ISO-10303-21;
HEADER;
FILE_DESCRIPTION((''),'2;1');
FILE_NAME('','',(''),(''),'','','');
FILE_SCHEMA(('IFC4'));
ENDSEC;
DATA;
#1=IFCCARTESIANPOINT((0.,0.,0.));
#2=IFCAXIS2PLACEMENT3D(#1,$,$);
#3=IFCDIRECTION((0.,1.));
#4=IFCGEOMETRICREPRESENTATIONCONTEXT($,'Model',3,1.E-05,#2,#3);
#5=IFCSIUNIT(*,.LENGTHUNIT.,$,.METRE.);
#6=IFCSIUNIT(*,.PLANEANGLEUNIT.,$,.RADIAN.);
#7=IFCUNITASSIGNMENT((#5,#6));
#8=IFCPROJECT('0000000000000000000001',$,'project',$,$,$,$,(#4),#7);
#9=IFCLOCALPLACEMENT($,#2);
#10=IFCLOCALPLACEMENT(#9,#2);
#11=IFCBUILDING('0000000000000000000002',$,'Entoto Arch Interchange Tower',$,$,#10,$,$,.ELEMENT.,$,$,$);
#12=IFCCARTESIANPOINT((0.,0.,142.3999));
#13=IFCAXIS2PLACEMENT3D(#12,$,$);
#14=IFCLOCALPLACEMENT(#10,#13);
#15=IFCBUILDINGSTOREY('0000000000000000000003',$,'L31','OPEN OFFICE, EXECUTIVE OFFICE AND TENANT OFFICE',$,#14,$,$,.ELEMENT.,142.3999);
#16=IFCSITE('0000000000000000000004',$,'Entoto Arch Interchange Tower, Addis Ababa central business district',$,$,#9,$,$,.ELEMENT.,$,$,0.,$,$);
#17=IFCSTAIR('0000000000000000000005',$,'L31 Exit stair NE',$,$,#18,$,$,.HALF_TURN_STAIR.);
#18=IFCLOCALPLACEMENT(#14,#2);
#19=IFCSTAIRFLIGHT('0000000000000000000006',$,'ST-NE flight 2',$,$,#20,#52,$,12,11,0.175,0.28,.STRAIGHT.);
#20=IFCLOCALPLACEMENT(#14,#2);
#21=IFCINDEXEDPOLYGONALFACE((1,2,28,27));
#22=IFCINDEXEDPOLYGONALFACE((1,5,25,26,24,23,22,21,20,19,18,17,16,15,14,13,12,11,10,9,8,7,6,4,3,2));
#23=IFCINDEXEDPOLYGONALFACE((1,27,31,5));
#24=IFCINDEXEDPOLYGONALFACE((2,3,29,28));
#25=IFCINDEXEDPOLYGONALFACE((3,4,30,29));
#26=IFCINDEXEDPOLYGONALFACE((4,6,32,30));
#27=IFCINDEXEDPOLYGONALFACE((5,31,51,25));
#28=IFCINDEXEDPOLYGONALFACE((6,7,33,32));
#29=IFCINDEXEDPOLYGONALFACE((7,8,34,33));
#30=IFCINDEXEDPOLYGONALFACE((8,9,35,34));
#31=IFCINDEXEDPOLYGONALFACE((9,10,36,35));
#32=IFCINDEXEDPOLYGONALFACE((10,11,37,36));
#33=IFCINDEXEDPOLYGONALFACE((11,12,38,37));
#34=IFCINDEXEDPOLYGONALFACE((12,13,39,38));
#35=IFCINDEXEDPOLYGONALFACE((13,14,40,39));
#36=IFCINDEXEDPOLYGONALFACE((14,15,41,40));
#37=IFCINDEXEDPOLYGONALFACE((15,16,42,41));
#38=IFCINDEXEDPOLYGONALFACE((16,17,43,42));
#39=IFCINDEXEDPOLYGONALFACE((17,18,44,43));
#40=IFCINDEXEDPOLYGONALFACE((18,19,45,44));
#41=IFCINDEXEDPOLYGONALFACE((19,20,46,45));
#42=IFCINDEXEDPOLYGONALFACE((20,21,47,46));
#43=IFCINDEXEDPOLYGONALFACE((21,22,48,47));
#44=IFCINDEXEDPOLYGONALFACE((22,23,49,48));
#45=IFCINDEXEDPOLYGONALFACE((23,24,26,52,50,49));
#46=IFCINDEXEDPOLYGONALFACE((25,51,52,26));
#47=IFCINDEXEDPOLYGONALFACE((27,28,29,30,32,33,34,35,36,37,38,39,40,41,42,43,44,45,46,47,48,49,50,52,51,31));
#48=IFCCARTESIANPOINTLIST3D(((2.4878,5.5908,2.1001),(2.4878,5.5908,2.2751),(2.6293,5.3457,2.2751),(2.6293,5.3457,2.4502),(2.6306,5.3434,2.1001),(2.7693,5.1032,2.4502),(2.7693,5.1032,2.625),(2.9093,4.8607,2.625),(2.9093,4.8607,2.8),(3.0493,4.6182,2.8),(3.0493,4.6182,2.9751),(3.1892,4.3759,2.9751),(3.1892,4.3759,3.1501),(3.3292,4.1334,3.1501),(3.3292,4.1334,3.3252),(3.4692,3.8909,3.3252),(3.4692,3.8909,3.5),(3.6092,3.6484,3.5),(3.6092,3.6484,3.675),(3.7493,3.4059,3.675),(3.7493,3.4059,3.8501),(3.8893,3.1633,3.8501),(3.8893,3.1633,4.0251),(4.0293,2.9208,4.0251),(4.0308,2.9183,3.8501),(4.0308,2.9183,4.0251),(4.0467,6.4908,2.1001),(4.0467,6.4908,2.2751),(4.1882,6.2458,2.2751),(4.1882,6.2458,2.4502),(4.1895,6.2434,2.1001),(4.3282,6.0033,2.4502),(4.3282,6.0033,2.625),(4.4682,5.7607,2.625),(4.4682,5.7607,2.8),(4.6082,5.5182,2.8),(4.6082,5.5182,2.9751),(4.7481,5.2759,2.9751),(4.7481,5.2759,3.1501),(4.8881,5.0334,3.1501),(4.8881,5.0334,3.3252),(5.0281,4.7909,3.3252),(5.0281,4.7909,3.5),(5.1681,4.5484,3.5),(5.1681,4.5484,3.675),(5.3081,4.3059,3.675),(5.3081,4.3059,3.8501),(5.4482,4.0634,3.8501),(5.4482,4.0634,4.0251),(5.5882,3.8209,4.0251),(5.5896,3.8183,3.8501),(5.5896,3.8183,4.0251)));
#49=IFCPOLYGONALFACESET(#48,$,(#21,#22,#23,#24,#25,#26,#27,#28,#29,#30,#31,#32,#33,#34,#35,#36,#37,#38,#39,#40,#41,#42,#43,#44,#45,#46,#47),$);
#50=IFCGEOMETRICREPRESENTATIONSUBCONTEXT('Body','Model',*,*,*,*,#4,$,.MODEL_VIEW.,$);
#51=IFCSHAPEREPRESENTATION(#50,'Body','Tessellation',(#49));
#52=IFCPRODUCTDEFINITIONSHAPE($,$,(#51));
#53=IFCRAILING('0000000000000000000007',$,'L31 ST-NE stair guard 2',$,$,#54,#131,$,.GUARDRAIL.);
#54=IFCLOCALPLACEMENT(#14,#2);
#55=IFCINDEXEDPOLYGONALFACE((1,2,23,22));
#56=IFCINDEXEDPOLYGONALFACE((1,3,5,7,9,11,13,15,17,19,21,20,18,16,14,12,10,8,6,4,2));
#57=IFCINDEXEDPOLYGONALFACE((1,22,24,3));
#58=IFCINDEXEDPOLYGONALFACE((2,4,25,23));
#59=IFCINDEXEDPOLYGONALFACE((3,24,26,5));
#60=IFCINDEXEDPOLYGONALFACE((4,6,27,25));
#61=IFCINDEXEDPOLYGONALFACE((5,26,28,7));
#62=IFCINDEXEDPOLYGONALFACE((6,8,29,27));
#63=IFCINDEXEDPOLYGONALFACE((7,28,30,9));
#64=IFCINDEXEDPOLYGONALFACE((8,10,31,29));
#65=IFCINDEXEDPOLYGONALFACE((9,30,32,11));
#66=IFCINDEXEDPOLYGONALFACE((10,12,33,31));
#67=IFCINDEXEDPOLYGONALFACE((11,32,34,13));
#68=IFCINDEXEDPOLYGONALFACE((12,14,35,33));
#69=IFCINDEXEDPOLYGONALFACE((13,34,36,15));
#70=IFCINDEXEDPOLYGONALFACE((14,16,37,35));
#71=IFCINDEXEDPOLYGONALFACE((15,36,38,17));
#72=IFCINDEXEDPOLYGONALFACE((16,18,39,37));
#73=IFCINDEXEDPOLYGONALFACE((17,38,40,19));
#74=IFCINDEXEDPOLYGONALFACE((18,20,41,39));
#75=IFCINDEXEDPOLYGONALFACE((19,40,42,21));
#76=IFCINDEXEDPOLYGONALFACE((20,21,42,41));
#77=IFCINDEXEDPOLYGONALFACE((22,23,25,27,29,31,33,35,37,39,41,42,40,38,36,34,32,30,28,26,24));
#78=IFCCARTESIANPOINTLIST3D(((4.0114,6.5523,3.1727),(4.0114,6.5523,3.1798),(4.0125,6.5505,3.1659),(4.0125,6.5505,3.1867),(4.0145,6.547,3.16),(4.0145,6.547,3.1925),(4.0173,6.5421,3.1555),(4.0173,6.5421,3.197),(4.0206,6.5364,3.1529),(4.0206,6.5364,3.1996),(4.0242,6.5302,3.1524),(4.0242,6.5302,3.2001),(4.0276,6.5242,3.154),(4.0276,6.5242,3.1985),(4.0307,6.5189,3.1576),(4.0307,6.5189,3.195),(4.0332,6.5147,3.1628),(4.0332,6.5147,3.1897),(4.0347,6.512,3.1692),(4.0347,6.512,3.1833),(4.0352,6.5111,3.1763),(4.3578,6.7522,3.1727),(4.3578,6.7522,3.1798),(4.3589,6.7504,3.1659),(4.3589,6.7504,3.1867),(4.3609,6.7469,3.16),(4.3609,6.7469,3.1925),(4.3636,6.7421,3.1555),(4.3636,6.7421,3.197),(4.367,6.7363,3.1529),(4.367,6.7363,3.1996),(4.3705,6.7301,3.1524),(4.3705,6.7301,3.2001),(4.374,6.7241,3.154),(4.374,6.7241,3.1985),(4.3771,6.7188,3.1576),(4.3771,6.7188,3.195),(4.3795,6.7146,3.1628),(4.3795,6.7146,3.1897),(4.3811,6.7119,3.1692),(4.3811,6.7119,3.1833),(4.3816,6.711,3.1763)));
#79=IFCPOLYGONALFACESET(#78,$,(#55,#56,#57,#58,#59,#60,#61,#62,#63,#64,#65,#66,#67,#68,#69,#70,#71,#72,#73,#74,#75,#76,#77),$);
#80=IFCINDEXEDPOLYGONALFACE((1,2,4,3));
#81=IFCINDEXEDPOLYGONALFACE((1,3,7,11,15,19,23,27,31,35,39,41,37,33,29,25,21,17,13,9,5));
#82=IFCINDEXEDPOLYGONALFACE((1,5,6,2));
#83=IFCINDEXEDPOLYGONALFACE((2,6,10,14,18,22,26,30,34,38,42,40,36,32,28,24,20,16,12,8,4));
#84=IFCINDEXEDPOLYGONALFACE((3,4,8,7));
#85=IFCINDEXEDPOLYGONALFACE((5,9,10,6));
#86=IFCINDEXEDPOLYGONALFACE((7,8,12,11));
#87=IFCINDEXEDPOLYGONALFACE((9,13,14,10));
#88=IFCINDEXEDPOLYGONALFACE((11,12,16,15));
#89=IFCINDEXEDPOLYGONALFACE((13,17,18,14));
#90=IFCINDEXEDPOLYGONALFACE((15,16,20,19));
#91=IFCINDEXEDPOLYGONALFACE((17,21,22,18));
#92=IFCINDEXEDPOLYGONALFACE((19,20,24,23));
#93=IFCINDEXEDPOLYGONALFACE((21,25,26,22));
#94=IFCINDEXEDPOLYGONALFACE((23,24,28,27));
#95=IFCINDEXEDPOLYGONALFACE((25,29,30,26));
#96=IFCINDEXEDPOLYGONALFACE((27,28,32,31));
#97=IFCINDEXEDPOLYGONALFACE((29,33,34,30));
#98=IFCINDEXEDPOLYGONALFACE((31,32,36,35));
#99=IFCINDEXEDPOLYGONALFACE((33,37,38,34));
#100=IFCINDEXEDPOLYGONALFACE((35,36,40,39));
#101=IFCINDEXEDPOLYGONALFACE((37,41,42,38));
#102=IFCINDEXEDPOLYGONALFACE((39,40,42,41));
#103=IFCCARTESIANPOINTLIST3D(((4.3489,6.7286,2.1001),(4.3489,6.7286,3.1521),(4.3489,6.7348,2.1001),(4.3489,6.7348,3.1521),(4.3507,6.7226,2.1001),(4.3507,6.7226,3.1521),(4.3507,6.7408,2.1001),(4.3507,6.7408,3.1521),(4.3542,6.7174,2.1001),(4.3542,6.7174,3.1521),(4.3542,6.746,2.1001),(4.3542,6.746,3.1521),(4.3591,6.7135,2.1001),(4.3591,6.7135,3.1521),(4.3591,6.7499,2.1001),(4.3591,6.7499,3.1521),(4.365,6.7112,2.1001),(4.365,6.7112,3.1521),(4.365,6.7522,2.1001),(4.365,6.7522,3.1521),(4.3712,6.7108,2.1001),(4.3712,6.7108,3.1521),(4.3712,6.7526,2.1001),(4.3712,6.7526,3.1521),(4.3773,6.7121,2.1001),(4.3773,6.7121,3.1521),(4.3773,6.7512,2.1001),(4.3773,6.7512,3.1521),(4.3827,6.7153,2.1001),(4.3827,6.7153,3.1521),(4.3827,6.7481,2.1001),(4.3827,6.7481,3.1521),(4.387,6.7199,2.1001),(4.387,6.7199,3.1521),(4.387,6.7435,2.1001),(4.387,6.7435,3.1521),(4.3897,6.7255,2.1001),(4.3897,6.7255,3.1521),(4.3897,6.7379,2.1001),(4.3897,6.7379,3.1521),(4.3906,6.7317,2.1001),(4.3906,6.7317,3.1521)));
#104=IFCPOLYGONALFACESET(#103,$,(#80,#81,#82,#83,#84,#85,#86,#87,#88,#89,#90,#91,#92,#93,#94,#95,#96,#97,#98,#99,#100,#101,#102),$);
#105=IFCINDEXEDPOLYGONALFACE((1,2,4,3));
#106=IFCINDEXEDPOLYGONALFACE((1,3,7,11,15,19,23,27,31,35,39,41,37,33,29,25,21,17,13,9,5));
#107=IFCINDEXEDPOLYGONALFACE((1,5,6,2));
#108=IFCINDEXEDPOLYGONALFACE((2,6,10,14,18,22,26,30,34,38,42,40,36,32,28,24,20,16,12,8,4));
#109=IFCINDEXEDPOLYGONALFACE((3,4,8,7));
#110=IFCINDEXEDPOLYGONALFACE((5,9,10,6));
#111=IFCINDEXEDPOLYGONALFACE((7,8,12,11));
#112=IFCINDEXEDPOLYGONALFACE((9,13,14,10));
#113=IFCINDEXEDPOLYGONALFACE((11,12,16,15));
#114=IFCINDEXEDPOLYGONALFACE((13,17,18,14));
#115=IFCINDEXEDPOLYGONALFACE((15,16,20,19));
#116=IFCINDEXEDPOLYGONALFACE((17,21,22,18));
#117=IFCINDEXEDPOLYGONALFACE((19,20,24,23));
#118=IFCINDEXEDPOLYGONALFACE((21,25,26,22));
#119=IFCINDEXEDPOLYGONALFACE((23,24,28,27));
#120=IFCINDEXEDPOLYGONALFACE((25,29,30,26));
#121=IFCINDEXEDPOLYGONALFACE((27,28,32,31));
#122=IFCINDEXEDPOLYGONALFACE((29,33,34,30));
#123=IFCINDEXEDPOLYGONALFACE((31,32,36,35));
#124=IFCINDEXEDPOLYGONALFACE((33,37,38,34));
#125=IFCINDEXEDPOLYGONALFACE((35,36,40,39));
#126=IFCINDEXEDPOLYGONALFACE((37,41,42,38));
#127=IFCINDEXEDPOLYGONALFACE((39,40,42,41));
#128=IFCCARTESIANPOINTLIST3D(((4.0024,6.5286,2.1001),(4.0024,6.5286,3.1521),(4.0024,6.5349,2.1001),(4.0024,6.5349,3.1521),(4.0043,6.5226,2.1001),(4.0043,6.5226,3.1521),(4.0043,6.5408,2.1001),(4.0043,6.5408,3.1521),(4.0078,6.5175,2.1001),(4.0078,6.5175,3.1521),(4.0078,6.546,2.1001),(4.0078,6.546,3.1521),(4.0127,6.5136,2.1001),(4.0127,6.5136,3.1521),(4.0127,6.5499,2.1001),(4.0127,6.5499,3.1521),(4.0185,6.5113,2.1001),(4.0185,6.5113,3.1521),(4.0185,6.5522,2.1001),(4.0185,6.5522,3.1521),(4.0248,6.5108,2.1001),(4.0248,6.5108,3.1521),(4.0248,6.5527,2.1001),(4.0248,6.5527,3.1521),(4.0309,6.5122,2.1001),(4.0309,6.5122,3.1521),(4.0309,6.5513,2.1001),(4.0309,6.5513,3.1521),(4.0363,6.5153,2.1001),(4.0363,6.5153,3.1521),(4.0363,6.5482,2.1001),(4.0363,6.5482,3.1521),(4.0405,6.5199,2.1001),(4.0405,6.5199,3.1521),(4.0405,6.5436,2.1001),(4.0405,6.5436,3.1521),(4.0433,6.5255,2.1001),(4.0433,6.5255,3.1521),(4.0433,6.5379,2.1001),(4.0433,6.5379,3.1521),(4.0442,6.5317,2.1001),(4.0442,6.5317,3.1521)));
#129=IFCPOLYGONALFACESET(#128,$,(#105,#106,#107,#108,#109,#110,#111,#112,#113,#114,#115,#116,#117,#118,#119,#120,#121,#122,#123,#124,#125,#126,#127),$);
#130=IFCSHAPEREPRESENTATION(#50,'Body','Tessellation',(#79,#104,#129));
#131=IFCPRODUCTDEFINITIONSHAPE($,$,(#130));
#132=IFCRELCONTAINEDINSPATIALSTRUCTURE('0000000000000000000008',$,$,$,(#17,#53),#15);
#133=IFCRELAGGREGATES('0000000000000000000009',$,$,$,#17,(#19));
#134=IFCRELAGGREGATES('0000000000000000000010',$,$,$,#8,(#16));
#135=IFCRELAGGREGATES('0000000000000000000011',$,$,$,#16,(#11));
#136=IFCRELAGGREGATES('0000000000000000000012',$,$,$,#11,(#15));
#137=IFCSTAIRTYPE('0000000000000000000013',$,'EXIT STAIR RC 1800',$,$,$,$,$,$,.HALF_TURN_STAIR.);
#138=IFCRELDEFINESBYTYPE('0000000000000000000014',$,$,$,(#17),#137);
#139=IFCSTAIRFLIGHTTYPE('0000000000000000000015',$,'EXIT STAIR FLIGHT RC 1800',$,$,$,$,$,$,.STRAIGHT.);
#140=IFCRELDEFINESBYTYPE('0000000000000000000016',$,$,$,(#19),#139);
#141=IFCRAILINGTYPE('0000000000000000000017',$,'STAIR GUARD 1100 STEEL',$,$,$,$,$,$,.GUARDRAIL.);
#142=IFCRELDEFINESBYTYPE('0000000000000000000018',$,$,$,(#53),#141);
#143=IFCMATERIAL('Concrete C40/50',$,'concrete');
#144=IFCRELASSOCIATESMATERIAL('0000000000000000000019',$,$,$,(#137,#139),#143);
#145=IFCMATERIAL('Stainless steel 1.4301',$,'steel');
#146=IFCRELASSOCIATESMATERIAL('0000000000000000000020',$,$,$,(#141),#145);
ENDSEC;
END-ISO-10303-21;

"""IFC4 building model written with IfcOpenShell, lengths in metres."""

from ifc_helpers import new_model, si_unit, direction, frame, origin, origin_2d, place, context, subcontext, project, spatial, polyline, circle, outline, extrude, material, type_object, element, aggregate, save


model = new_model("IFC4")

# Units and contexts
model_context = context("Model", 3, precision=1e-05, world=origin(), true_north=direction((0.0, 1.0)))
body_context = subcontext(model_context, "Body", "Model", "MODEL_VIEW")
ifc_project = project(units=[si_unit("LENGTHUNIT", "METRE"), si_unit("PLANEANGLEUNIT", "RADIAN")], contexts=[model_context])

# Site, building, storey
site_placement = place(None, origin())
site = spatial("IfcSite", under=ifc_project, at=site_placement, Name="Entoto Arch Interchange Tower, Addis Ababa central business district", CompositionType="ELEMENT", RefElevation=0.0)
building_placement = place(site_placement, origin())
building = spatial("IfcBuilding", under=site, at=building_placement, Name="Entoto Arch Interchange Tower", CompositionType="ELEMENT")
storey_placement = place(building_placement, frame((0.0, 0.0, 142.3999)))
storey = spatial("IfcBuildingStorey", under=building, at=storey_placement, Name="L31", Description="OPEN OFFICE, EXECUTIVE OFFICE AND TENANT OFFICE", CompositionType="ELEMENT", Elevation=142.3999)

# Shared definitions
ifc_material_1 = material(Name="Concrete C40/50", Category="concrete")

# Stair, stair flight
stair_type = type_object("IfcStairType", Name="EXIT STAIR RC 1800", PredefinedType="HALF_TURN_STAIR", material=ifc_material_1)
stair_placement = place(storey_placement, origin())
stair = element("IfcStair", 1, at=stair_placement, inside=storey, type_object=stair_type, Name="L31 Exit stair NE", PredefinedType="HALF_TURN_STAIR")
stair_flight_type = type_object("IfcStairFlightType", Name="EXIT STAIR FLIGHT RC 1800", PredefinedType="STRAIGHT", material=ifc_material_1)
stair_flight_placement = place(storey_placement, frame((3.2688, 6.0383, 2.1001), z_axis=(0.0, 0.0, 1.0), x_axis=(0.5, -0.866025, 0.0)))
stair_flight = element("IfcStairFlight", 2, at=stair_flight_placement, type_object=stair_flight_type, Name="ST-NE flight 2", NumberOfRisers=12, NumberOfTreads=11, PredefinedType="STRAIGHT", RiserHeight=0.175, TreadLength=0.28, context=body_context, shape_type="SweptSolid", body=[
    extrude(outline(polyline([(-0.0029, 0.0), (-0.0029, 0.175), (0.28, 0.175), (0.28, 0.3501), (0.5601, 0.3501), (0.5601, 0.5249), (0.8401, 0.5249), (0.8401, 0.7), (1.1201, 0.7), (1.1201, 0.875), (1.3999, 0.875), (1.3999, 1.05), (1.6799, 1.05), (1.6799, 1.2251), (1.96, 1.2251), (1.96, 1.3999), (2.24, 1.3999), (2.24, 1.575), (2.52, 1.575), (2.52, 1.75), (2.8, 1.75), (2.8, 1.925), (3.0801, 1.925), (3.083, 1.925), (3.083, 1.75), (0.2827, 0.0), (-0.0029, 0.0)])), frame((0.0, 0.8999, 0.0), z_axis=(0.0, -1.0, 0.0), x_axis=(1.0, 0.0, 0.0)), (0.0, 0.0, 1.0), 1.8),
])
aggregate(stair, [stair_flight])

# Railing
ifc_material_2 = material(Name="Stainless steel 1.4301", Category="steel")
railing_type = type_object("IfcRailingType", Name="STAIR GUARD 1100 STEEL", PredefinedType="GUARDRAIL", material=ifc_material_2)
railing_1_placement = place(storey_placement, frame((4.3696, 6.7317, 2.1001)))
element("IfcRailing", 3, at=railing_1_placement, inside=storey, type_object=railing_type, Name="L31 ST-NE stair guard 2", PredefinedType="GUARDRAIL", context=body_context, shape_type="SweptSolid", body=[
    extrude(circle(Radius=0.0239, at=origin_2d()), frame((0.0, 0.0, 1.0762), z_axis=(-0.866094, -0.499881, 0.0), x_axis=(0.499881, -0.866094, 0.0)), (0.0, 0.0, 1.0), 0.3999),
    extrude(circle(Radius=0.021, at=origin_2d()), origin(), (0.0, 0.0, 1.0), 1.052),
    extrude(circle(Radius=0.021, at=origin_2d()), frame((-0.3464, -0.2, 0.0)), (0.0, 0.0, 1.0), 1.052),
])

save(model, "model.ifc")
